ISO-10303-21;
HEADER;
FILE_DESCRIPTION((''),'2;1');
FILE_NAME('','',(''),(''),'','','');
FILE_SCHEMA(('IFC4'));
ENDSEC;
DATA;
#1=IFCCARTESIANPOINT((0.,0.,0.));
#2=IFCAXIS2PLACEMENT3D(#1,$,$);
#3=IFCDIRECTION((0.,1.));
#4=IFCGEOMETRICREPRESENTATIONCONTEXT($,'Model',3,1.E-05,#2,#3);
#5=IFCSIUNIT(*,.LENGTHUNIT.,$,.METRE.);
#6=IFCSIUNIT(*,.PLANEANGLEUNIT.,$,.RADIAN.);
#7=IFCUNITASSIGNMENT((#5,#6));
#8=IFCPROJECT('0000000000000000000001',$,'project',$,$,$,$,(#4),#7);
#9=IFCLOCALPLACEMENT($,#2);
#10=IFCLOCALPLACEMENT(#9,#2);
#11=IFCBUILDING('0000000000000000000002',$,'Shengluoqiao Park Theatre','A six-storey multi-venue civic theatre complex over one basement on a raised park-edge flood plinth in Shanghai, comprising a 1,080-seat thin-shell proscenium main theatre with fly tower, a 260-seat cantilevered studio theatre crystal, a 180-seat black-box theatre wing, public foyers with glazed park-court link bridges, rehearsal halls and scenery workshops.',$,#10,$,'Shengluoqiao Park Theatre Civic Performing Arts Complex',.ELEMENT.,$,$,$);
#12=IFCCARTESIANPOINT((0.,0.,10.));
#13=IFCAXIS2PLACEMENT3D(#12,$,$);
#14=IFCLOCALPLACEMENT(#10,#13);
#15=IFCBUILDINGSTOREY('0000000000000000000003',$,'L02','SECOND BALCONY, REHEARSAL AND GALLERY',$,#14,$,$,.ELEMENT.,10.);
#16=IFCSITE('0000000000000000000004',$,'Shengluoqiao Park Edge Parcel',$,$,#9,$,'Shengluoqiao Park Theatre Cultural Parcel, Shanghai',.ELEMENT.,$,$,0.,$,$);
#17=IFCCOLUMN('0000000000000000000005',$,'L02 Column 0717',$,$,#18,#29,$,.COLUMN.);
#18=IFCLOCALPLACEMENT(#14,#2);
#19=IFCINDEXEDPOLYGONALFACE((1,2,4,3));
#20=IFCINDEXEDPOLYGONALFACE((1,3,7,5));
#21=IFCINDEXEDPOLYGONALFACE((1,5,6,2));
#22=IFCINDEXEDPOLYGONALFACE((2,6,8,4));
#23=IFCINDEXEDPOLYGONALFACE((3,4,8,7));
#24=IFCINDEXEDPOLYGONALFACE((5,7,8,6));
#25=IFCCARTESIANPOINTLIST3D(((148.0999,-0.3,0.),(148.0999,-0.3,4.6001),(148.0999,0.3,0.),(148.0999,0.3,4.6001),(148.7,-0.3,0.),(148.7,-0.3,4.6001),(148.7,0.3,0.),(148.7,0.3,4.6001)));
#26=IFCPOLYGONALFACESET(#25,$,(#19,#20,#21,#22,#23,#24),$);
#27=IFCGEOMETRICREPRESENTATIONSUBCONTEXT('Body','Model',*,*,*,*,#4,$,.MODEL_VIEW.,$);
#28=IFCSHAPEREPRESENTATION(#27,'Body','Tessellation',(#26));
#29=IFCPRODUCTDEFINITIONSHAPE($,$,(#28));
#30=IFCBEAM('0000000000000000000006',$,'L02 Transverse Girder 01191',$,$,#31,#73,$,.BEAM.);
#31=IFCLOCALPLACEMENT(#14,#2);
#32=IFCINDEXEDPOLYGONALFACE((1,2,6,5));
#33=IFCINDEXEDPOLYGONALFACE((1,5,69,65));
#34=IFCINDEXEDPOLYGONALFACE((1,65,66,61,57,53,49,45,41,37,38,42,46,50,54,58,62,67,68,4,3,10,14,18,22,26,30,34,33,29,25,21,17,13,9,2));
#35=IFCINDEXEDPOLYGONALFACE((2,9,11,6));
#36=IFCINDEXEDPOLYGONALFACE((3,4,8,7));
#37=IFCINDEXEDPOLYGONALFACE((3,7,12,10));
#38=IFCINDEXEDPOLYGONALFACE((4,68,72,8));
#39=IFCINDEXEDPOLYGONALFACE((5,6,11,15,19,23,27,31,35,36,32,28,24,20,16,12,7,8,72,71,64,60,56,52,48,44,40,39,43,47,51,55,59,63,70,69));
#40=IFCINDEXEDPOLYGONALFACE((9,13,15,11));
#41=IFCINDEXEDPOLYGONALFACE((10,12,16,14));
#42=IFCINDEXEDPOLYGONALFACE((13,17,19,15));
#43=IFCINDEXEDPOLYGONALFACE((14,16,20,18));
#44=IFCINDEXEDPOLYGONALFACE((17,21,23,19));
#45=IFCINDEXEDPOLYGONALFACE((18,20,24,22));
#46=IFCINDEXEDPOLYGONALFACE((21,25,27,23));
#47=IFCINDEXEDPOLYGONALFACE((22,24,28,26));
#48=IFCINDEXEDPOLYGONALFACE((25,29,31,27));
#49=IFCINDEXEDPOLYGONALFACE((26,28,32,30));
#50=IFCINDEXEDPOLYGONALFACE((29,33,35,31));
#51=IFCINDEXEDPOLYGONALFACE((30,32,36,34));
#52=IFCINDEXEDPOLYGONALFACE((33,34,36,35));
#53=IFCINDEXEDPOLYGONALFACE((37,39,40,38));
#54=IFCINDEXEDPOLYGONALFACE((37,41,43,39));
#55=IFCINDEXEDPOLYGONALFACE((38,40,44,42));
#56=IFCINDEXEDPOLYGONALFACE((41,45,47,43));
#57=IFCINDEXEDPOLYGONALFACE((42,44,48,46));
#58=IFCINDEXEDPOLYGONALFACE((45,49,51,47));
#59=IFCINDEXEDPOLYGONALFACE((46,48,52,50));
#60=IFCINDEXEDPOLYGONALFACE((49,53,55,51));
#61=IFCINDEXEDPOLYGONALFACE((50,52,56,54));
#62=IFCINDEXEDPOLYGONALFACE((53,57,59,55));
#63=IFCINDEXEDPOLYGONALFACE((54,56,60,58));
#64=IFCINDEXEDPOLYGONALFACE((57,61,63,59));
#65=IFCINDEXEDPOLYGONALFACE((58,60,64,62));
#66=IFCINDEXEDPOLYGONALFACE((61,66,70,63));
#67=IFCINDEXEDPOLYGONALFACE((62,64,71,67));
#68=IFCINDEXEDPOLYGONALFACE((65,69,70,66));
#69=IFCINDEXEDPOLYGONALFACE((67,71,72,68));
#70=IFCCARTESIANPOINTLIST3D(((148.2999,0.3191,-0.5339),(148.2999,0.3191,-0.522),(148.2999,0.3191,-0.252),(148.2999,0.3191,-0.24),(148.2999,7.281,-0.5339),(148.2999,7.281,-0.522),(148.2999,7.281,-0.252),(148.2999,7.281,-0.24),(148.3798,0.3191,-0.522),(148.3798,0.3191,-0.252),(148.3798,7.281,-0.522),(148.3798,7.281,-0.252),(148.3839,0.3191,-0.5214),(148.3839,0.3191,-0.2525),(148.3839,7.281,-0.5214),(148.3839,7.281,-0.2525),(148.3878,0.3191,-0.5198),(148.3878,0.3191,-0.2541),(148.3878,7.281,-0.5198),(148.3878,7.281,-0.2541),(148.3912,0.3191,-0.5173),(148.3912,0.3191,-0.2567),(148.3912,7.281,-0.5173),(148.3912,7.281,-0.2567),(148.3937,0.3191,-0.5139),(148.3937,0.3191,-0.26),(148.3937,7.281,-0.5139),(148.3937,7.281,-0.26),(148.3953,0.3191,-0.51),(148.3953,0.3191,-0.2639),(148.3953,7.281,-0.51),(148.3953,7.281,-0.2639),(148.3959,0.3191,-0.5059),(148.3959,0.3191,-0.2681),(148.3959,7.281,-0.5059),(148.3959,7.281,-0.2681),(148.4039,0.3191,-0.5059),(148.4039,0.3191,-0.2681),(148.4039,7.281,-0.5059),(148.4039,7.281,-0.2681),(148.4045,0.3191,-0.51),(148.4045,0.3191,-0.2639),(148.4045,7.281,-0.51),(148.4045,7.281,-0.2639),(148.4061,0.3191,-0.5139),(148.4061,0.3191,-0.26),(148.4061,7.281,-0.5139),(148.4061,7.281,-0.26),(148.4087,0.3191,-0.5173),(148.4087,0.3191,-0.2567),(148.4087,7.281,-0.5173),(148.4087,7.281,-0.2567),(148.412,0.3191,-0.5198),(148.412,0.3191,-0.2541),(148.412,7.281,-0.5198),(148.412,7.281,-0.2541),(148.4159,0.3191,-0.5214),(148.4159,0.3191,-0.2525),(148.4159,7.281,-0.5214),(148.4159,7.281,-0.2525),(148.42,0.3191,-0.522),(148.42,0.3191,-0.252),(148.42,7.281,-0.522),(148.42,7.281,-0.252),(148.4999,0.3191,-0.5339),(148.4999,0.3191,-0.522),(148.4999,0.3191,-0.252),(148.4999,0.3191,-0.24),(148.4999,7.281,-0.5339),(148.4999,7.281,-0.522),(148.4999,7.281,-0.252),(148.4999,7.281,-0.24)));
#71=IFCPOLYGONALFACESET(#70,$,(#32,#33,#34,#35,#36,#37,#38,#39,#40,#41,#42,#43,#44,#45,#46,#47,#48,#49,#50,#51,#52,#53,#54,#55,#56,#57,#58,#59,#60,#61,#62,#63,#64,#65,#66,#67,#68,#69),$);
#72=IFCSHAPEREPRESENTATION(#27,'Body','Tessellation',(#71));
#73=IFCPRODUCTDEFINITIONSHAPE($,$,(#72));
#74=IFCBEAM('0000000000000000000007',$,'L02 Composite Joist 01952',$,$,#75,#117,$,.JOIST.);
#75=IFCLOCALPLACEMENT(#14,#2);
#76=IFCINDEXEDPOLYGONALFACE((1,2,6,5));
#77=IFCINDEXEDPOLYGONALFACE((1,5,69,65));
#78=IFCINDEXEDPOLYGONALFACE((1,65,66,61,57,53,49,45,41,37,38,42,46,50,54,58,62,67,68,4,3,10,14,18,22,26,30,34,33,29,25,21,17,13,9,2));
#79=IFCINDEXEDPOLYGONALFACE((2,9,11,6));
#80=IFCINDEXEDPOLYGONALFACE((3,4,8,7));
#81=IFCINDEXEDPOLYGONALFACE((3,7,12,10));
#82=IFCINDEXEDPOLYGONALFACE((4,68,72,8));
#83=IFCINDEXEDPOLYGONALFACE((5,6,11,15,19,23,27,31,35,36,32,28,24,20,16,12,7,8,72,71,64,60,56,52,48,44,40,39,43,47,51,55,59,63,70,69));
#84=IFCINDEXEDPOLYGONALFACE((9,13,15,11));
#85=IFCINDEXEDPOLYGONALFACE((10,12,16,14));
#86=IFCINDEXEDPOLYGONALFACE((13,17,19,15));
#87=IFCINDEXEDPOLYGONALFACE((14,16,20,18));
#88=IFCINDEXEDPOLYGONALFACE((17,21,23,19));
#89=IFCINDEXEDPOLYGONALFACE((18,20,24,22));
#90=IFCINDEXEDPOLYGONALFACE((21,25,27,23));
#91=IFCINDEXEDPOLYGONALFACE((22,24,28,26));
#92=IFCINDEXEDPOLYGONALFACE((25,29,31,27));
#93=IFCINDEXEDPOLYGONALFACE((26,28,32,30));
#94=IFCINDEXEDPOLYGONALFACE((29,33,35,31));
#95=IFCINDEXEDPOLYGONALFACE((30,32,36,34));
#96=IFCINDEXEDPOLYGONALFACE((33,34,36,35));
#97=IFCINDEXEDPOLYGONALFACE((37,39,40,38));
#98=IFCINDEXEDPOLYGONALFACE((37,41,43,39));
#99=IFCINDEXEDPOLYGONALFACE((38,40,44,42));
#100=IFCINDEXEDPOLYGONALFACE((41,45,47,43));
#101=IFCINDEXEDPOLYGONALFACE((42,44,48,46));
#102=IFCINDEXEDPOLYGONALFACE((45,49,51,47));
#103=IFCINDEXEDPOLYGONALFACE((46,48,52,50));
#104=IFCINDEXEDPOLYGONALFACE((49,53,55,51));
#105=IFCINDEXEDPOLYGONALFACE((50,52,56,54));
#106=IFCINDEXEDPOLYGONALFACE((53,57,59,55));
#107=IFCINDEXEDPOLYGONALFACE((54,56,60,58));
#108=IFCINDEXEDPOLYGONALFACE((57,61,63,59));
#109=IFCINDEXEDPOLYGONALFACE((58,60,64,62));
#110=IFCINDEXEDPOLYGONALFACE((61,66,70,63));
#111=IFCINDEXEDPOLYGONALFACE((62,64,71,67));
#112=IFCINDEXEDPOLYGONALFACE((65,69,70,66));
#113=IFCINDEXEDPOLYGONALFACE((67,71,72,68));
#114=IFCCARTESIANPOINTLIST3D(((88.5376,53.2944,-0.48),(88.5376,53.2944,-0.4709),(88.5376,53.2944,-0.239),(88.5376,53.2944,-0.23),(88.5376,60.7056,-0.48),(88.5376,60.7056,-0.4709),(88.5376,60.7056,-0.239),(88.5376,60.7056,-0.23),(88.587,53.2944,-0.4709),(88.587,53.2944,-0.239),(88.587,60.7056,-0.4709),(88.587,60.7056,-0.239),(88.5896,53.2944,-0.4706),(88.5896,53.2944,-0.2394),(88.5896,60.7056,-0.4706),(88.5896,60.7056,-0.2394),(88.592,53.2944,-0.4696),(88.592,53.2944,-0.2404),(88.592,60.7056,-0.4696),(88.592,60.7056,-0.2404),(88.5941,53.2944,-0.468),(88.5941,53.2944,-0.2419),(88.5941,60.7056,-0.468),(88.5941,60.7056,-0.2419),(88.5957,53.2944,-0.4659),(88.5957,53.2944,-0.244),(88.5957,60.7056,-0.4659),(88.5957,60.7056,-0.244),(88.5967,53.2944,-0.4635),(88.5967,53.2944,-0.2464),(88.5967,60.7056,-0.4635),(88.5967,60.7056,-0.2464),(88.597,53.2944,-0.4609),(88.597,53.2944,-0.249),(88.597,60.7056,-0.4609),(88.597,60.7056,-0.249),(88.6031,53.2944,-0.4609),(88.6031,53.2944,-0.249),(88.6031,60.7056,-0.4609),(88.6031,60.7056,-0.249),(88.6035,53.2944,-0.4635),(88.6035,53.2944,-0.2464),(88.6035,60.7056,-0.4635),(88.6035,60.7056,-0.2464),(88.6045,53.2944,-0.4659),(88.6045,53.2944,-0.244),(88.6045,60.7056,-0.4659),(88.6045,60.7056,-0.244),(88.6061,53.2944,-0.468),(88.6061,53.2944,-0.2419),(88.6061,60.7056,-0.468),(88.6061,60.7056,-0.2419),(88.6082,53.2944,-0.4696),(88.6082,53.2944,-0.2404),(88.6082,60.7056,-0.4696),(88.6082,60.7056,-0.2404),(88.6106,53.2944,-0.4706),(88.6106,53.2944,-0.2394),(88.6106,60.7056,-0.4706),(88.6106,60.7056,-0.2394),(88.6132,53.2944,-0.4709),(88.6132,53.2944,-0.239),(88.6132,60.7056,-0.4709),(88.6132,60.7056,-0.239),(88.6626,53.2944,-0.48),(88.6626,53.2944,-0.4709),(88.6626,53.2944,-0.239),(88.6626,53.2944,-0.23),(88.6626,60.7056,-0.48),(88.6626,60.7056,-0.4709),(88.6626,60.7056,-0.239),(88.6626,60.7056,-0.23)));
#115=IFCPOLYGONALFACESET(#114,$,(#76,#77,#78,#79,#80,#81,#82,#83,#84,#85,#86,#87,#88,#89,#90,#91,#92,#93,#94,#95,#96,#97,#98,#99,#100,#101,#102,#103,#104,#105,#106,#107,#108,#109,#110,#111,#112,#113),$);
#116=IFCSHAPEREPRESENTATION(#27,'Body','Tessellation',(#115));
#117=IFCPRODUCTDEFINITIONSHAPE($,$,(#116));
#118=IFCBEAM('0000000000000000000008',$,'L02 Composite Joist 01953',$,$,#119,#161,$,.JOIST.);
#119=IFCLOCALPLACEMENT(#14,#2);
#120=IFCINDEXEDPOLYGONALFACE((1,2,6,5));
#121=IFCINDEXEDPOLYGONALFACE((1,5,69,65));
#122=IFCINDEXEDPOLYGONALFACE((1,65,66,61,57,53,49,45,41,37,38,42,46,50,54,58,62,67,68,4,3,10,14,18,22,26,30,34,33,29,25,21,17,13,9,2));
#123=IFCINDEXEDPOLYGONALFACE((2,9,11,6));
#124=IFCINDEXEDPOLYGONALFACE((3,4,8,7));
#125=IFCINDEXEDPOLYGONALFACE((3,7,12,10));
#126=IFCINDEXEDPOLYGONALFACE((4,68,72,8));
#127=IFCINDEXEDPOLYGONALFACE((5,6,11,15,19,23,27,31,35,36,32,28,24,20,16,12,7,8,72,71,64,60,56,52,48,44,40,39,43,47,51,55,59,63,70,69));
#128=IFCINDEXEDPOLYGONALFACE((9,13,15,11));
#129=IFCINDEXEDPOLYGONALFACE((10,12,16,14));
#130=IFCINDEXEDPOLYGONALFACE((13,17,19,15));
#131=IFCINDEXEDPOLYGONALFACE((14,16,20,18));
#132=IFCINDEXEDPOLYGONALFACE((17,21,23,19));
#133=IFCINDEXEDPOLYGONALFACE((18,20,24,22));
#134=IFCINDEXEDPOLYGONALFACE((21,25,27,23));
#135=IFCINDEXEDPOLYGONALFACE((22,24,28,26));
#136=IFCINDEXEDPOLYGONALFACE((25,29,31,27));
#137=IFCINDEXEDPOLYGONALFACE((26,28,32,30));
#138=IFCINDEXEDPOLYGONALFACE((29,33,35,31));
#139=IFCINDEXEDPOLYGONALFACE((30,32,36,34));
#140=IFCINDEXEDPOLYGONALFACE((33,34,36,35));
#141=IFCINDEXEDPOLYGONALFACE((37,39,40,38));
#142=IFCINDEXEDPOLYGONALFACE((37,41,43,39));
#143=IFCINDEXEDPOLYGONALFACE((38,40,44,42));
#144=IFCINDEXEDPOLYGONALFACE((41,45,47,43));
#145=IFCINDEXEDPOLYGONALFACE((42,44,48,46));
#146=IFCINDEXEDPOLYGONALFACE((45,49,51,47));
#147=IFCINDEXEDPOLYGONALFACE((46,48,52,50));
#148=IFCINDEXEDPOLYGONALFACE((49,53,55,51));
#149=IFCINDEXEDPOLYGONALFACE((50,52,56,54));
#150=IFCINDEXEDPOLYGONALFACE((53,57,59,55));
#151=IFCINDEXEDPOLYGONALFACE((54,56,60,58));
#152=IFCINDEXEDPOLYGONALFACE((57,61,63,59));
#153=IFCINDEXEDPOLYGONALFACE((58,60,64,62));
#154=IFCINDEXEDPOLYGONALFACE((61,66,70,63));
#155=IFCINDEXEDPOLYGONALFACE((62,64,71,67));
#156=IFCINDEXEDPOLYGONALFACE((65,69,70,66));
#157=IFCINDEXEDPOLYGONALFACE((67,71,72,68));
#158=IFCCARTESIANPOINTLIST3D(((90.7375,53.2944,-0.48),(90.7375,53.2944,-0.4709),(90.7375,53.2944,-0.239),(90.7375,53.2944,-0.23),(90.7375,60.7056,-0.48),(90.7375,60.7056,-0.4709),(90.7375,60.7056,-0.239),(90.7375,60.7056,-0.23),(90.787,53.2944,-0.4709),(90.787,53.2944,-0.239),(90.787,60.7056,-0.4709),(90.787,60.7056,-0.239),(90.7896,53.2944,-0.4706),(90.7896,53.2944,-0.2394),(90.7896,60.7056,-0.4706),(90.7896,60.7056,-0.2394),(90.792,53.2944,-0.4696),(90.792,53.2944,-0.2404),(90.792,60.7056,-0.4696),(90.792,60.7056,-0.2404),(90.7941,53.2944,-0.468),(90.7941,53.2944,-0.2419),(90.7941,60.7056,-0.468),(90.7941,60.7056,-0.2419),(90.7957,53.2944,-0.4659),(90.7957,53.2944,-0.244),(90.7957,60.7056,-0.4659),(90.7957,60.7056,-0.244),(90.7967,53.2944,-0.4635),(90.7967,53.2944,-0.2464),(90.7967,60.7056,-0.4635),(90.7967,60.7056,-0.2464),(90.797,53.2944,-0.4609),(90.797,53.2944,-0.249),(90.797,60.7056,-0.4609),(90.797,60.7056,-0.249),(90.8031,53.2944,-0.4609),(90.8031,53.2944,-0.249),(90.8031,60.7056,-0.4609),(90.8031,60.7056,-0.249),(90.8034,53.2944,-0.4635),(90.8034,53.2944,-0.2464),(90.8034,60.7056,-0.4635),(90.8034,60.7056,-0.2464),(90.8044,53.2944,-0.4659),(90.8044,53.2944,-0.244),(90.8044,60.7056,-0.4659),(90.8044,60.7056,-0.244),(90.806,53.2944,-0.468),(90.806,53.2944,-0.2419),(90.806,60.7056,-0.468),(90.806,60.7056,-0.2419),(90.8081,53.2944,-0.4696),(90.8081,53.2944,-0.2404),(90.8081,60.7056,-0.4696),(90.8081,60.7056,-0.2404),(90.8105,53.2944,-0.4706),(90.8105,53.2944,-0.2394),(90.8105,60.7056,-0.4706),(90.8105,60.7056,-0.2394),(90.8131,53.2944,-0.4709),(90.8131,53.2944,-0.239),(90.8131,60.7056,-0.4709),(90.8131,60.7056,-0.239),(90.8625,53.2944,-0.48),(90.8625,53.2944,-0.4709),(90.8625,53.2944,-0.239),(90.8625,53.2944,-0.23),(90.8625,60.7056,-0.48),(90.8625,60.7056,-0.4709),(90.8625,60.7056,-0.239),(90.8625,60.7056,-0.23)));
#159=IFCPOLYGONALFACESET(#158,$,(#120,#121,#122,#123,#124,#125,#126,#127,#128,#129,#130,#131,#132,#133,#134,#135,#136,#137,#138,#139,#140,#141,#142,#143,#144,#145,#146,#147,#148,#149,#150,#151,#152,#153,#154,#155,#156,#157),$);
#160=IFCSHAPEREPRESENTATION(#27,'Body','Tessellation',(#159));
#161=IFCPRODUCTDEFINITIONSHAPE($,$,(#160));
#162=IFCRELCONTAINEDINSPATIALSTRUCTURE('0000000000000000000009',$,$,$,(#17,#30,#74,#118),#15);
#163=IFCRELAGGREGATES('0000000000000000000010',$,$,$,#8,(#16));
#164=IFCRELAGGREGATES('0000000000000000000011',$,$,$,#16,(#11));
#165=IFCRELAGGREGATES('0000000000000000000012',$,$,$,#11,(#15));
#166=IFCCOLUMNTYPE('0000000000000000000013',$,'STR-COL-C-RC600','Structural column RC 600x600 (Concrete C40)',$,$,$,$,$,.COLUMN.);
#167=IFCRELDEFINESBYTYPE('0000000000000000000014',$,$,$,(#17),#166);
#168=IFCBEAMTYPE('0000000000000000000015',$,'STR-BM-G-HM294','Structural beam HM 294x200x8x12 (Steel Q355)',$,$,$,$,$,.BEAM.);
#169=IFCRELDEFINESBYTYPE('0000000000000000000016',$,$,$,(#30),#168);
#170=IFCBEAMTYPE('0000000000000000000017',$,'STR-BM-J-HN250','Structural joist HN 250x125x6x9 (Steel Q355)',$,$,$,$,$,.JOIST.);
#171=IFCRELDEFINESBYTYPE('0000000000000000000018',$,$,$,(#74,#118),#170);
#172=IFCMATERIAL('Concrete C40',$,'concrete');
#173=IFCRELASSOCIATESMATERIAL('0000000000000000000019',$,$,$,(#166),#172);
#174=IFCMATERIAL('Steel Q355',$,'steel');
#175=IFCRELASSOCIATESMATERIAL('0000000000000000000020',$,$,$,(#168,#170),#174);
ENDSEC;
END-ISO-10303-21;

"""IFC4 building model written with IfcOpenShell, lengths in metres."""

from ifc_helpers import new_model, si_unit, direction, frame, origin, origin_2d, place, context, subcontext, project, spatial, rectangle, i_section, extrude, material, material_profile, profile_set, type_object, element, save


model = new_model("IFC4")

# Units and contexts
model_context = context("Model", 3, precision=1e-05, world=origin(), true_north=direction((0.0, 1.0)))
body_context = subcontext(model_context, "Body", "Model", "MODEL_VIEW")
ifc_project = project(units=[si_unit("LENGTHUNIT", "METRE"), si_unit("PLANEANGLEUNIT", "RADIAN")], contexts=[model_context])

# Site, building, storey
site_placement = place(None, origin())
site = spatial("IfcSite", under=ifc_project, at=site_placement, Name="Shengluoqiao Park Edge Parcel", LongName="Shengluoqiao Park Theatre Cultural Parcel, Shanghai", CompositionType="ELEMENT", RefElevation=0.0)
building_placement = place(site_placement, origin())
building = spatial("IfcBuilding", under=site, at=building_placement, Name="Shengluoqiao Park Theatre", Description="A six-storey multi-venue civic theatre complex over one basement on a raised park-edge flood plinth in Shanghai, comprising a 1,080-seat thin-shell proscenium main theatre with fly tower, a 260-seat cantilevered studio theatre crystal, a 180-seat black-box theatre wing, public foyers with glazed park-court link bridges, rehearsal halls and scenery workshops.", LongName="Shengluoqiao Park Theatre Civic Performing Arts Complex", CompositionType="ELEMENT")
storey_placement = place(building_placement, frame((0.0, 0.0, 10.0)))
storey = spatial("IfcBuildingStorey", under=building, at=storey_placement, Name="L02", Description="SECOND BALCONY, REHEARSAL AND GALLERY", CompositionType="ELEMENT", Elevation=10.0)

# Column
ifc_material_1 = material(Name="Concrete C40", Category="concrete")
ifc_material_profile_1 = material_profile(ifc_material_1, rectangle(XDim=0.6001, YDim=0.6001, at=origin_2d()), Name="RC 600x600")
ifc_profile_set_1 = profile_set([ifc_material_profile_1], Name="Concrete C40")
column_type = type_object("IfcColumnType", Name="STR-COL-C-RC600", Description="Structural column RC 600x600 (Concrete C40)", PredefinedType="COLUMN", material=ifc_profile_set_1)
column_placement = place(storey_placement, frame((148.3999, 0.0, 0.0), z_axis=(0.0, 0.0, 1.0), x_axis=(1.0, 0.0, 0.0)))
element("IfcColumn", 1, at=column_placement, inside=storey, type_object=column_type, Name="L02 Column 0717", PredefinedType="COLUMN", context=body_context, shape_type="SweptSolid", body=[
    extrude(rectangle(XDim=0.6001, YDim=0.6001, at=origin_2d()), origin(), (0.0, 0.0, 1.0), 4.6001),
])

# Beams
ifc_material_2 = material(Name="Steel Q355", Category="steel")
ifc_material_profile_2 = material_profile(ifc_material_2, i_section(OverallWidth=0.2, OverallDepth=0.2939, WebThickness=0.0081, FlangeThickness=0.012, FilletRadius=0.0161, at=origin_2d()), Name="HM 294x200x8x12")
ifc_profile_set_2 = profile_set([ifc_material_profile_2], Name="Steel Q355")
beam_type_1 = type_object("IfcBeamType", Name="STR-BM-G-HM294", Description="Structural beam HM 294x200x8x12 (Steel Q355)", PredefinedType="BEAM", material=ifc_profile_set_2)
beam_1_placement = place(storey_placement, frame((148.3999, 0.3191, -0.387), z_axis=(0.0, 1.0, 0.0), x_axis=(-1.0, 0.0, 0.0)))
element("IfcBeam", 2, at=beam_1_placement, inside=storey, type_object=beam_type_1, Name="L02 Transverse Girder 01191", PredefinedType="BEAM", context=body_context, shape_type="SweptSolid", body=[
    extrude(i_section(OverallWidth=0.2, OverallDepth=0.2939, WebThickness=0.0081, FlangeThickness=0.012, FilletRadius=0.0161, at=origin_2d()), origin(), (0.0, 0.0, 1.0), 6.9619),
])
ifc_material_profile_3 = material_profile(ifc_material_2, i_section(OverallWidth=0.125, OverallDepth=0.25, WebThickness=0.0061, FlangeThickness=0.009, FilletRadius=0.01, at=origin_2d()), Name="HN 250x125x6x9")
ifc_profile_set_3 = profile_set([ifc_material_profile_3], Name="Steel Q355")
beam_type_2 = type_object("IfcBeamType", Name="STR-BM-J-HN250", Description="Structural joist HN 250x125x6x9 (Steel Q355)", PredefinedType="JOIST", material=ifc_profile_set_3)
for number, where, z_axis, x_axis, name in (
    (3, (88.6001, 53.2944, -0.355), (0.0, 1.0, 0.0), (-1.0, 0.0, 0.0), "L02 Composite Joist 01952"),
    (4, (90.8, 53.2944, -0.355), (0.0, 1.0, 0.0), (-1.0, 0.0, 0.0), "L02 Composite Joist 01953"),
):
    element("IfcBeam", number, at=place(storey_placement, frame(where, z_axis=z_axis, x_axis=x_axis)), inside=storey, type_object=beam_type_2, Name=name, PredefinedType="JOIST", context=body_context, shape_type="SweptSolid", body=[
        extrude(i_section(OverallWidth=0.125, OverallDepth=0.25, WebThickness=0.0061, FlangeThickness=0.009, FilletRadius=0.01, at=origin_2d()), origin(), (0.0, 0.0, 1.0), 7.4111),
    ])

save(model, "model.ifc")
